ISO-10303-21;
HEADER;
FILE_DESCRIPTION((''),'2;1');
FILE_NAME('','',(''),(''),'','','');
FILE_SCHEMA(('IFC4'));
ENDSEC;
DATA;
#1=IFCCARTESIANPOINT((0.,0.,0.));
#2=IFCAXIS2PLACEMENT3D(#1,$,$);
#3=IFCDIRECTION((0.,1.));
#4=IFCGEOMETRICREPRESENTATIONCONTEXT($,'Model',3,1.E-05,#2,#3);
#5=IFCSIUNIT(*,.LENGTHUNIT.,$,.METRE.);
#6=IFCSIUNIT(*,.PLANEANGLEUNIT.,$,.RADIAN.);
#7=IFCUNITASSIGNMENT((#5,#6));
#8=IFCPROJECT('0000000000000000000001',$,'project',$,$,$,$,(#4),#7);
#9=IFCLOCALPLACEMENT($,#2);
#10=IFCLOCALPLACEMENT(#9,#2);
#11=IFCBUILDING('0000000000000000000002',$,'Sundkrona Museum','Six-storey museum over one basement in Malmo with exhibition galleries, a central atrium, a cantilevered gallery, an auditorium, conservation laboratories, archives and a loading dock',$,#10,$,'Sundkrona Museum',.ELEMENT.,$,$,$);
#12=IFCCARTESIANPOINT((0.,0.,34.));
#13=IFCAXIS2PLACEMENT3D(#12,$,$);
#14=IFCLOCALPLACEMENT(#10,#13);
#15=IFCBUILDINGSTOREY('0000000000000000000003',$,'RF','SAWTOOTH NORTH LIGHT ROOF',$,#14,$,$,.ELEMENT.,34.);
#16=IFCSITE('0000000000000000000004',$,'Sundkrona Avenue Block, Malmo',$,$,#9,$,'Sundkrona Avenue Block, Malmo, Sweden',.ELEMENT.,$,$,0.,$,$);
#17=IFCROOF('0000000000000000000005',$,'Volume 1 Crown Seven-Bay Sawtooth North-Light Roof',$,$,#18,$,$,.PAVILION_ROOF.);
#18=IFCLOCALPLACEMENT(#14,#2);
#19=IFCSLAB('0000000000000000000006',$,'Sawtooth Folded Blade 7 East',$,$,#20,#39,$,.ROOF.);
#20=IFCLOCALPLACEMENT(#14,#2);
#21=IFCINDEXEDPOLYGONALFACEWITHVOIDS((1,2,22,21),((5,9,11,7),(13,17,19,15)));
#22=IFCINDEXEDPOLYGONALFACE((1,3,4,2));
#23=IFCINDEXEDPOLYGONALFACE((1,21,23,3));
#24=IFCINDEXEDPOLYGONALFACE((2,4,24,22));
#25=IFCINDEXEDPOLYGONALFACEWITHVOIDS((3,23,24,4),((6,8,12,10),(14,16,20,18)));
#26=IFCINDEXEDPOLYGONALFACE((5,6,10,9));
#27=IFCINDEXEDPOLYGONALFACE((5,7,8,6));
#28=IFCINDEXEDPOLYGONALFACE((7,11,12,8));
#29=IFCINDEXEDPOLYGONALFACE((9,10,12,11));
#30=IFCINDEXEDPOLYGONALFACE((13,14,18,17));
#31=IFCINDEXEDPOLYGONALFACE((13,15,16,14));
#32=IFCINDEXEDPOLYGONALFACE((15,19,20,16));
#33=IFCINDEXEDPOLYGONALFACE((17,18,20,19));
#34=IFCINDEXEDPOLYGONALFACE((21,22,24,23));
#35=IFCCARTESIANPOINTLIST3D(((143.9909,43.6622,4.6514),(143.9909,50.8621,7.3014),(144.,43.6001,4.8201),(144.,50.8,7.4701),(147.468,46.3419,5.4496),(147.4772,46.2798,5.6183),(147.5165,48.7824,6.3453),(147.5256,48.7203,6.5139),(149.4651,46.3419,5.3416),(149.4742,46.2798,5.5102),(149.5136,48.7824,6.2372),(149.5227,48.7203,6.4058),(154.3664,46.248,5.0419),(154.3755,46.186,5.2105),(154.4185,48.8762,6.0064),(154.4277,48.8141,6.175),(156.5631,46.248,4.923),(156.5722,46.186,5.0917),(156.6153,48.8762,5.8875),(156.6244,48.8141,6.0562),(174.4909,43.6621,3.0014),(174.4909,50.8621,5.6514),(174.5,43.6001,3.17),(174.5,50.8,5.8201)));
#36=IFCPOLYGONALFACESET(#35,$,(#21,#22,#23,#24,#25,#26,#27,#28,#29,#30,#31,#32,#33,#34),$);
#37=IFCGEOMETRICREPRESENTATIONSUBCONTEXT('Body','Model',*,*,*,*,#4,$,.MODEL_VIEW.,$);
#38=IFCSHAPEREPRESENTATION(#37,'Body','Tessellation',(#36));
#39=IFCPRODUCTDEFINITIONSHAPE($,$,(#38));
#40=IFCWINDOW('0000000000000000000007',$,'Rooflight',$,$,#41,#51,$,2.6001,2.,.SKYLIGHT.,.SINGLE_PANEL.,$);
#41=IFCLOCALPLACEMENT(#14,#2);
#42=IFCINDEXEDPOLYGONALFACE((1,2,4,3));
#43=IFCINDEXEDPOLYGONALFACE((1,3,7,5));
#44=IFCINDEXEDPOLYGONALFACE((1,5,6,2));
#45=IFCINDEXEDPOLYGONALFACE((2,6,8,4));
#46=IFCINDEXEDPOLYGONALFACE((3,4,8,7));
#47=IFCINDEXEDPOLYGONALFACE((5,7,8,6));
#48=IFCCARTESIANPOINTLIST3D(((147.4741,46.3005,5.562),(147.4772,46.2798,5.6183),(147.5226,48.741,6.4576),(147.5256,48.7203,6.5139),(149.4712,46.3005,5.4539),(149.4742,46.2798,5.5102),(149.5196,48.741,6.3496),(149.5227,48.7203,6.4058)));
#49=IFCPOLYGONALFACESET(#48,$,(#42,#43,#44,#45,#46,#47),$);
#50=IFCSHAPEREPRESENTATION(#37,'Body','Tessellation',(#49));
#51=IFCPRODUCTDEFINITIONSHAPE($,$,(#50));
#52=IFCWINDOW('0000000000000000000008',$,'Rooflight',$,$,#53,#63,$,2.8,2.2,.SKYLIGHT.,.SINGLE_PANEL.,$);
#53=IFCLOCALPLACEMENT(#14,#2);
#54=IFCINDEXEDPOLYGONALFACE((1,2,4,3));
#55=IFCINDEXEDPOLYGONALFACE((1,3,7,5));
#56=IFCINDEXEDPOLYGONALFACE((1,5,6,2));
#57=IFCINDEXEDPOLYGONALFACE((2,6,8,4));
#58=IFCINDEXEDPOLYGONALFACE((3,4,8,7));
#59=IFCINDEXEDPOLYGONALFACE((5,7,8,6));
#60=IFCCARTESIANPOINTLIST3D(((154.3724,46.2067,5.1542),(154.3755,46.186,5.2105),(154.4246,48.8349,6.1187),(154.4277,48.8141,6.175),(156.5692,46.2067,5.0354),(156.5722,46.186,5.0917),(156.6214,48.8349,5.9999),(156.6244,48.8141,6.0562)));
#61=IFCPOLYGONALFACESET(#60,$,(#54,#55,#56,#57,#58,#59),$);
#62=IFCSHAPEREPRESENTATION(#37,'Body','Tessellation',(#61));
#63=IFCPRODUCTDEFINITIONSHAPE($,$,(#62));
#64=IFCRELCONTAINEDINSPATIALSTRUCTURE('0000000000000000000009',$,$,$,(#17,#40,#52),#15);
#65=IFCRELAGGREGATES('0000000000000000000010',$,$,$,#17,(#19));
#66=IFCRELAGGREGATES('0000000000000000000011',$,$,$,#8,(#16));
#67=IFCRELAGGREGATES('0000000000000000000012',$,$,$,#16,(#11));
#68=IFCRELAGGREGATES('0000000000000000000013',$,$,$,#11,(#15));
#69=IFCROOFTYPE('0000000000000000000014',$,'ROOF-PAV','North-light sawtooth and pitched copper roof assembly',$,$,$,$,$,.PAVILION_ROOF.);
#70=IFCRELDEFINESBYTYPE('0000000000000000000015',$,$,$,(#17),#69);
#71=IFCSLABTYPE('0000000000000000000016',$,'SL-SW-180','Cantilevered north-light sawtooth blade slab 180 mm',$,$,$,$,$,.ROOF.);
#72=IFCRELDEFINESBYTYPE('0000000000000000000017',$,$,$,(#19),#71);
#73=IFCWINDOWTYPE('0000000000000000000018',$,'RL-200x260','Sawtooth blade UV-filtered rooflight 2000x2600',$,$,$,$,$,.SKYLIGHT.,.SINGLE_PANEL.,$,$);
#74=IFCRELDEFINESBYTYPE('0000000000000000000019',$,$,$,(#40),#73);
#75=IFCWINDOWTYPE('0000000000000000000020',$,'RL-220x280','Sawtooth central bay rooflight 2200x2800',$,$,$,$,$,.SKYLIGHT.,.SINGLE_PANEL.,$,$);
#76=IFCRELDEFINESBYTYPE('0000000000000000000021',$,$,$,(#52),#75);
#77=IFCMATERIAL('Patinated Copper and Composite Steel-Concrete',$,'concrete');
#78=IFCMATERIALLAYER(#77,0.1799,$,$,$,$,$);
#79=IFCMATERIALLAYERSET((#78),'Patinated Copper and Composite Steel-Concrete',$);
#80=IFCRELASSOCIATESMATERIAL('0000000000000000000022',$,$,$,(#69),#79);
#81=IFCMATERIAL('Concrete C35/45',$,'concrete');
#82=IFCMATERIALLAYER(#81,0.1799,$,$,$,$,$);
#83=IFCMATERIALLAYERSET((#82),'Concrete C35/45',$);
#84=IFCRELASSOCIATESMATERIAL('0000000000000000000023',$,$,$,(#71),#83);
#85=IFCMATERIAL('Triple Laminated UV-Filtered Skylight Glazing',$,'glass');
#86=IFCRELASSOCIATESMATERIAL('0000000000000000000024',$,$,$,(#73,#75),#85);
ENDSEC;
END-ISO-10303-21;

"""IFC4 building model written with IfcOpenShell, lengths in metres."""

from ifc_helpers import new_model, si_unit, direction, frame, origin, origin_2d, place, context, subcontext, project, spatial, polyline, rectangle, outline, extrude, material, layer, layer_set, type_object, element, fill, aggregate, save


model = new_model("IFC4")

# Units and contexts
model_context = context("Model", 3, precision=1e-05, world=origin(), true_north=direction((0.0, 1.0)))
body_context = subcontext(model_context, "Body", "Model", "MODEL_VIEW")
ifc_project = project(units=[si_unit("LENGTHUNIT", "METRE"), si_unit("PLANEANGLEUNIT", "RADIAN")], contexts=[model_context])

# Site, building, storey
site_placement = place(None, origin())
site = spatial("IfcSite", under=ifc_project, at=site_placement, Name="Sundkrona Avenue Block, Malmo", LongName="Sundkrona Avenue Block, Malmo, Sweden", CompositionType="ELEMENT", RefElevation=0.0)
building_placement = place(site_placement, origin())
building = spatial("IfcBuilding", under=site, at=building_placement, Name="Sundkrona Museum", Description="Six-storey museum over one basement in Malmo with exhibition galleries, a central atrium, a cantilevered gallery, an auditorium, conservation laboratories, archives and a loading dock", LongName="Sundkrona Museum", CompositionType="ELEMENT")
storey_placement = place(building_placement, frame((0.0, 0.0, 34.0)))
storey = spatial("IfcBuildingStorey", under=building, at=storey_placement, Name="RF", Description="SAWTOOTH NORTH LIGHT ROOF", CompositionType="ELEMENT", Elevation=34.0)

# Roof, slab, openings, windows
ifc_material_1 = material(Name="Patinated Copper and Composite Steel-Concrete", Category="concrete")
ifc_layer_1 = layer(ifc_material_1, 0.1799)
ifc_layer_set_1 = layer_set([ifc_layer_1], Name="Patinated Copper and Composite Steel-Concrete")
roof_type = type_object("IfcRoofType", Name="ROOF-PAV", Description="North-light sawtooth and pitched copper roof assembly", PredefinedType="PAVILION_ROOF", material=ifc_layer_set_1)
roof_placement = place(storey_placement, origin())
roof = element("IfcRoof", 1, at=roof_placement, inside=storey, type_object=roof_type, Name="Volume 1 Crown Seven-Bay Sawtooth North-Light Roof", PredefinedType="PAVILION_ROOF")
ifc_material_2 = material(Name="Concrete C35/45", Category="concrete")
ifc_layer_2 = layer(ifc_material_2, 0.1799)
ifc_layer_set_2 = layer_set([ifc_layer_2], Name="Concrete C35/45")
slab_type = type_object("IfcSlabType", Name="SL-SW-180", Description="Cantilevered north-light sawtooth blade slab 180 mm", PredefinedType="ROOF", material=ifc_layer_set_2)
slab_placement = place(storey_placement, frame((144.0, 43.6001, 4.8201), z_axis=(0.050704, -0.344964, 0.937245), x_axis=(0.99854, -0.000001, -0.054021)))
slab = element("IfcSlab", 2, at=slab_placement, type_object=slab_type, Name="Sawtooth Folded Blade 7 East", PredefinedType="ROOF", context=body_context, shape_type="SweptSolid", body=[
    extrude(outline(polyline([(0.0, 0.0), (30.5446, 0.0), (30.4014, 7.6709), (-0.1432, 7.6708), (0.0, 0.0)])), origin(), (0.0, 0.0, -1.0), 0.1799),
])
opening_1_placement = place(slab_placement, frame((4.429, 4.155, 0.01)))
opening_1 = element("IfcOpeningElement", 3, at=opening_1_placement, cuts=slab, PredefinedType="OPENING", context=body_context, shape_type="SweptSolid", body=[
    extrude(rectangle(XDim=2.0, YDim=2.6001, at=origin_2d()), origin(), (0.0, 0.0, -1.0), 0.2),
])
opening_2_placement = place(slab_placement, frame((11.4392, 4.155, 0.01)))
opening_2 = element("IfcOpeningElement", 4, at=opening_2_placement, cuts=slab, PredefinedType="OPENING", context=body_context, shape_type="SweptSolid", body=[
    extrude(rectangle(XDim=2.2, YDim=2.8, at=origin_2d()), origin(), (0.0, 0.0, -1.0), 0.2),
])
ifc_material_3 = material(Name="Triple Laminated UV-Filtered Skylight Glazing", Category="glass")
window_type_1 = type_object("IfcWindowType", Name="RL-200x260", Description="Sawtooth blade UV-filtered rooflight 2000x2600", PartitioningType="SINGLE_PANEL", PredefinedType="SKYLIGHT", material=ifc_material_3)
window_1_placement = place(slab_placement, frame((4.429, 4.155, 0.0)))
window_1 = element("IfcWindow", 5, at=window_1_placement, inside=storey, type_object=window_type_1, Name="Rooflight", OverallHeight=2.6001, OverallWidth=2.0, PartitioningType="SINGLE_PANEL", PredefinedType="SKYLIGHT", context=body_context, shape_type="SweptSolid", body=[
    extrude(rectangle(XDim=2.0, YDim=2.6001, at=origin_2d()), origin(), (0.0, 0.0, -1.0), 0.0601),
])
fill(opening_1, window_1)
window_type_2 = type_object("IfcWindowType", Name="RL-220x280", Description="Sawtooth central bay rooflight 2200x2800", PartitioningType="SINGLE_PANEL", PredefinedType="SKYLIGHT", material=ifc_material_3)
window_2_placement = place(slab_placement, frame((11.4392, 4.155, 0.0)))
window_2 = element("IfcWindow", 6, at=window_2_placement, inside=storey, type_object=window_type_2, Name="Rooflight", OverallHeight=2.8, OverallWidth=2.2, PartitioningType="SINGLE_PANEL", PredefinedType="SKYLIGHT", context=body_context, shape_type="SweptSolid", body=[
    extrude(rectangle(XDim=2.2, YDim=2.8, at=origin_2d()), origin(), (0.0, 0.0, -1.0), 0.0601),
])
fill(opening_2, window_2)
aggregate(roof, [slab])

save(model, "model.ifc")
